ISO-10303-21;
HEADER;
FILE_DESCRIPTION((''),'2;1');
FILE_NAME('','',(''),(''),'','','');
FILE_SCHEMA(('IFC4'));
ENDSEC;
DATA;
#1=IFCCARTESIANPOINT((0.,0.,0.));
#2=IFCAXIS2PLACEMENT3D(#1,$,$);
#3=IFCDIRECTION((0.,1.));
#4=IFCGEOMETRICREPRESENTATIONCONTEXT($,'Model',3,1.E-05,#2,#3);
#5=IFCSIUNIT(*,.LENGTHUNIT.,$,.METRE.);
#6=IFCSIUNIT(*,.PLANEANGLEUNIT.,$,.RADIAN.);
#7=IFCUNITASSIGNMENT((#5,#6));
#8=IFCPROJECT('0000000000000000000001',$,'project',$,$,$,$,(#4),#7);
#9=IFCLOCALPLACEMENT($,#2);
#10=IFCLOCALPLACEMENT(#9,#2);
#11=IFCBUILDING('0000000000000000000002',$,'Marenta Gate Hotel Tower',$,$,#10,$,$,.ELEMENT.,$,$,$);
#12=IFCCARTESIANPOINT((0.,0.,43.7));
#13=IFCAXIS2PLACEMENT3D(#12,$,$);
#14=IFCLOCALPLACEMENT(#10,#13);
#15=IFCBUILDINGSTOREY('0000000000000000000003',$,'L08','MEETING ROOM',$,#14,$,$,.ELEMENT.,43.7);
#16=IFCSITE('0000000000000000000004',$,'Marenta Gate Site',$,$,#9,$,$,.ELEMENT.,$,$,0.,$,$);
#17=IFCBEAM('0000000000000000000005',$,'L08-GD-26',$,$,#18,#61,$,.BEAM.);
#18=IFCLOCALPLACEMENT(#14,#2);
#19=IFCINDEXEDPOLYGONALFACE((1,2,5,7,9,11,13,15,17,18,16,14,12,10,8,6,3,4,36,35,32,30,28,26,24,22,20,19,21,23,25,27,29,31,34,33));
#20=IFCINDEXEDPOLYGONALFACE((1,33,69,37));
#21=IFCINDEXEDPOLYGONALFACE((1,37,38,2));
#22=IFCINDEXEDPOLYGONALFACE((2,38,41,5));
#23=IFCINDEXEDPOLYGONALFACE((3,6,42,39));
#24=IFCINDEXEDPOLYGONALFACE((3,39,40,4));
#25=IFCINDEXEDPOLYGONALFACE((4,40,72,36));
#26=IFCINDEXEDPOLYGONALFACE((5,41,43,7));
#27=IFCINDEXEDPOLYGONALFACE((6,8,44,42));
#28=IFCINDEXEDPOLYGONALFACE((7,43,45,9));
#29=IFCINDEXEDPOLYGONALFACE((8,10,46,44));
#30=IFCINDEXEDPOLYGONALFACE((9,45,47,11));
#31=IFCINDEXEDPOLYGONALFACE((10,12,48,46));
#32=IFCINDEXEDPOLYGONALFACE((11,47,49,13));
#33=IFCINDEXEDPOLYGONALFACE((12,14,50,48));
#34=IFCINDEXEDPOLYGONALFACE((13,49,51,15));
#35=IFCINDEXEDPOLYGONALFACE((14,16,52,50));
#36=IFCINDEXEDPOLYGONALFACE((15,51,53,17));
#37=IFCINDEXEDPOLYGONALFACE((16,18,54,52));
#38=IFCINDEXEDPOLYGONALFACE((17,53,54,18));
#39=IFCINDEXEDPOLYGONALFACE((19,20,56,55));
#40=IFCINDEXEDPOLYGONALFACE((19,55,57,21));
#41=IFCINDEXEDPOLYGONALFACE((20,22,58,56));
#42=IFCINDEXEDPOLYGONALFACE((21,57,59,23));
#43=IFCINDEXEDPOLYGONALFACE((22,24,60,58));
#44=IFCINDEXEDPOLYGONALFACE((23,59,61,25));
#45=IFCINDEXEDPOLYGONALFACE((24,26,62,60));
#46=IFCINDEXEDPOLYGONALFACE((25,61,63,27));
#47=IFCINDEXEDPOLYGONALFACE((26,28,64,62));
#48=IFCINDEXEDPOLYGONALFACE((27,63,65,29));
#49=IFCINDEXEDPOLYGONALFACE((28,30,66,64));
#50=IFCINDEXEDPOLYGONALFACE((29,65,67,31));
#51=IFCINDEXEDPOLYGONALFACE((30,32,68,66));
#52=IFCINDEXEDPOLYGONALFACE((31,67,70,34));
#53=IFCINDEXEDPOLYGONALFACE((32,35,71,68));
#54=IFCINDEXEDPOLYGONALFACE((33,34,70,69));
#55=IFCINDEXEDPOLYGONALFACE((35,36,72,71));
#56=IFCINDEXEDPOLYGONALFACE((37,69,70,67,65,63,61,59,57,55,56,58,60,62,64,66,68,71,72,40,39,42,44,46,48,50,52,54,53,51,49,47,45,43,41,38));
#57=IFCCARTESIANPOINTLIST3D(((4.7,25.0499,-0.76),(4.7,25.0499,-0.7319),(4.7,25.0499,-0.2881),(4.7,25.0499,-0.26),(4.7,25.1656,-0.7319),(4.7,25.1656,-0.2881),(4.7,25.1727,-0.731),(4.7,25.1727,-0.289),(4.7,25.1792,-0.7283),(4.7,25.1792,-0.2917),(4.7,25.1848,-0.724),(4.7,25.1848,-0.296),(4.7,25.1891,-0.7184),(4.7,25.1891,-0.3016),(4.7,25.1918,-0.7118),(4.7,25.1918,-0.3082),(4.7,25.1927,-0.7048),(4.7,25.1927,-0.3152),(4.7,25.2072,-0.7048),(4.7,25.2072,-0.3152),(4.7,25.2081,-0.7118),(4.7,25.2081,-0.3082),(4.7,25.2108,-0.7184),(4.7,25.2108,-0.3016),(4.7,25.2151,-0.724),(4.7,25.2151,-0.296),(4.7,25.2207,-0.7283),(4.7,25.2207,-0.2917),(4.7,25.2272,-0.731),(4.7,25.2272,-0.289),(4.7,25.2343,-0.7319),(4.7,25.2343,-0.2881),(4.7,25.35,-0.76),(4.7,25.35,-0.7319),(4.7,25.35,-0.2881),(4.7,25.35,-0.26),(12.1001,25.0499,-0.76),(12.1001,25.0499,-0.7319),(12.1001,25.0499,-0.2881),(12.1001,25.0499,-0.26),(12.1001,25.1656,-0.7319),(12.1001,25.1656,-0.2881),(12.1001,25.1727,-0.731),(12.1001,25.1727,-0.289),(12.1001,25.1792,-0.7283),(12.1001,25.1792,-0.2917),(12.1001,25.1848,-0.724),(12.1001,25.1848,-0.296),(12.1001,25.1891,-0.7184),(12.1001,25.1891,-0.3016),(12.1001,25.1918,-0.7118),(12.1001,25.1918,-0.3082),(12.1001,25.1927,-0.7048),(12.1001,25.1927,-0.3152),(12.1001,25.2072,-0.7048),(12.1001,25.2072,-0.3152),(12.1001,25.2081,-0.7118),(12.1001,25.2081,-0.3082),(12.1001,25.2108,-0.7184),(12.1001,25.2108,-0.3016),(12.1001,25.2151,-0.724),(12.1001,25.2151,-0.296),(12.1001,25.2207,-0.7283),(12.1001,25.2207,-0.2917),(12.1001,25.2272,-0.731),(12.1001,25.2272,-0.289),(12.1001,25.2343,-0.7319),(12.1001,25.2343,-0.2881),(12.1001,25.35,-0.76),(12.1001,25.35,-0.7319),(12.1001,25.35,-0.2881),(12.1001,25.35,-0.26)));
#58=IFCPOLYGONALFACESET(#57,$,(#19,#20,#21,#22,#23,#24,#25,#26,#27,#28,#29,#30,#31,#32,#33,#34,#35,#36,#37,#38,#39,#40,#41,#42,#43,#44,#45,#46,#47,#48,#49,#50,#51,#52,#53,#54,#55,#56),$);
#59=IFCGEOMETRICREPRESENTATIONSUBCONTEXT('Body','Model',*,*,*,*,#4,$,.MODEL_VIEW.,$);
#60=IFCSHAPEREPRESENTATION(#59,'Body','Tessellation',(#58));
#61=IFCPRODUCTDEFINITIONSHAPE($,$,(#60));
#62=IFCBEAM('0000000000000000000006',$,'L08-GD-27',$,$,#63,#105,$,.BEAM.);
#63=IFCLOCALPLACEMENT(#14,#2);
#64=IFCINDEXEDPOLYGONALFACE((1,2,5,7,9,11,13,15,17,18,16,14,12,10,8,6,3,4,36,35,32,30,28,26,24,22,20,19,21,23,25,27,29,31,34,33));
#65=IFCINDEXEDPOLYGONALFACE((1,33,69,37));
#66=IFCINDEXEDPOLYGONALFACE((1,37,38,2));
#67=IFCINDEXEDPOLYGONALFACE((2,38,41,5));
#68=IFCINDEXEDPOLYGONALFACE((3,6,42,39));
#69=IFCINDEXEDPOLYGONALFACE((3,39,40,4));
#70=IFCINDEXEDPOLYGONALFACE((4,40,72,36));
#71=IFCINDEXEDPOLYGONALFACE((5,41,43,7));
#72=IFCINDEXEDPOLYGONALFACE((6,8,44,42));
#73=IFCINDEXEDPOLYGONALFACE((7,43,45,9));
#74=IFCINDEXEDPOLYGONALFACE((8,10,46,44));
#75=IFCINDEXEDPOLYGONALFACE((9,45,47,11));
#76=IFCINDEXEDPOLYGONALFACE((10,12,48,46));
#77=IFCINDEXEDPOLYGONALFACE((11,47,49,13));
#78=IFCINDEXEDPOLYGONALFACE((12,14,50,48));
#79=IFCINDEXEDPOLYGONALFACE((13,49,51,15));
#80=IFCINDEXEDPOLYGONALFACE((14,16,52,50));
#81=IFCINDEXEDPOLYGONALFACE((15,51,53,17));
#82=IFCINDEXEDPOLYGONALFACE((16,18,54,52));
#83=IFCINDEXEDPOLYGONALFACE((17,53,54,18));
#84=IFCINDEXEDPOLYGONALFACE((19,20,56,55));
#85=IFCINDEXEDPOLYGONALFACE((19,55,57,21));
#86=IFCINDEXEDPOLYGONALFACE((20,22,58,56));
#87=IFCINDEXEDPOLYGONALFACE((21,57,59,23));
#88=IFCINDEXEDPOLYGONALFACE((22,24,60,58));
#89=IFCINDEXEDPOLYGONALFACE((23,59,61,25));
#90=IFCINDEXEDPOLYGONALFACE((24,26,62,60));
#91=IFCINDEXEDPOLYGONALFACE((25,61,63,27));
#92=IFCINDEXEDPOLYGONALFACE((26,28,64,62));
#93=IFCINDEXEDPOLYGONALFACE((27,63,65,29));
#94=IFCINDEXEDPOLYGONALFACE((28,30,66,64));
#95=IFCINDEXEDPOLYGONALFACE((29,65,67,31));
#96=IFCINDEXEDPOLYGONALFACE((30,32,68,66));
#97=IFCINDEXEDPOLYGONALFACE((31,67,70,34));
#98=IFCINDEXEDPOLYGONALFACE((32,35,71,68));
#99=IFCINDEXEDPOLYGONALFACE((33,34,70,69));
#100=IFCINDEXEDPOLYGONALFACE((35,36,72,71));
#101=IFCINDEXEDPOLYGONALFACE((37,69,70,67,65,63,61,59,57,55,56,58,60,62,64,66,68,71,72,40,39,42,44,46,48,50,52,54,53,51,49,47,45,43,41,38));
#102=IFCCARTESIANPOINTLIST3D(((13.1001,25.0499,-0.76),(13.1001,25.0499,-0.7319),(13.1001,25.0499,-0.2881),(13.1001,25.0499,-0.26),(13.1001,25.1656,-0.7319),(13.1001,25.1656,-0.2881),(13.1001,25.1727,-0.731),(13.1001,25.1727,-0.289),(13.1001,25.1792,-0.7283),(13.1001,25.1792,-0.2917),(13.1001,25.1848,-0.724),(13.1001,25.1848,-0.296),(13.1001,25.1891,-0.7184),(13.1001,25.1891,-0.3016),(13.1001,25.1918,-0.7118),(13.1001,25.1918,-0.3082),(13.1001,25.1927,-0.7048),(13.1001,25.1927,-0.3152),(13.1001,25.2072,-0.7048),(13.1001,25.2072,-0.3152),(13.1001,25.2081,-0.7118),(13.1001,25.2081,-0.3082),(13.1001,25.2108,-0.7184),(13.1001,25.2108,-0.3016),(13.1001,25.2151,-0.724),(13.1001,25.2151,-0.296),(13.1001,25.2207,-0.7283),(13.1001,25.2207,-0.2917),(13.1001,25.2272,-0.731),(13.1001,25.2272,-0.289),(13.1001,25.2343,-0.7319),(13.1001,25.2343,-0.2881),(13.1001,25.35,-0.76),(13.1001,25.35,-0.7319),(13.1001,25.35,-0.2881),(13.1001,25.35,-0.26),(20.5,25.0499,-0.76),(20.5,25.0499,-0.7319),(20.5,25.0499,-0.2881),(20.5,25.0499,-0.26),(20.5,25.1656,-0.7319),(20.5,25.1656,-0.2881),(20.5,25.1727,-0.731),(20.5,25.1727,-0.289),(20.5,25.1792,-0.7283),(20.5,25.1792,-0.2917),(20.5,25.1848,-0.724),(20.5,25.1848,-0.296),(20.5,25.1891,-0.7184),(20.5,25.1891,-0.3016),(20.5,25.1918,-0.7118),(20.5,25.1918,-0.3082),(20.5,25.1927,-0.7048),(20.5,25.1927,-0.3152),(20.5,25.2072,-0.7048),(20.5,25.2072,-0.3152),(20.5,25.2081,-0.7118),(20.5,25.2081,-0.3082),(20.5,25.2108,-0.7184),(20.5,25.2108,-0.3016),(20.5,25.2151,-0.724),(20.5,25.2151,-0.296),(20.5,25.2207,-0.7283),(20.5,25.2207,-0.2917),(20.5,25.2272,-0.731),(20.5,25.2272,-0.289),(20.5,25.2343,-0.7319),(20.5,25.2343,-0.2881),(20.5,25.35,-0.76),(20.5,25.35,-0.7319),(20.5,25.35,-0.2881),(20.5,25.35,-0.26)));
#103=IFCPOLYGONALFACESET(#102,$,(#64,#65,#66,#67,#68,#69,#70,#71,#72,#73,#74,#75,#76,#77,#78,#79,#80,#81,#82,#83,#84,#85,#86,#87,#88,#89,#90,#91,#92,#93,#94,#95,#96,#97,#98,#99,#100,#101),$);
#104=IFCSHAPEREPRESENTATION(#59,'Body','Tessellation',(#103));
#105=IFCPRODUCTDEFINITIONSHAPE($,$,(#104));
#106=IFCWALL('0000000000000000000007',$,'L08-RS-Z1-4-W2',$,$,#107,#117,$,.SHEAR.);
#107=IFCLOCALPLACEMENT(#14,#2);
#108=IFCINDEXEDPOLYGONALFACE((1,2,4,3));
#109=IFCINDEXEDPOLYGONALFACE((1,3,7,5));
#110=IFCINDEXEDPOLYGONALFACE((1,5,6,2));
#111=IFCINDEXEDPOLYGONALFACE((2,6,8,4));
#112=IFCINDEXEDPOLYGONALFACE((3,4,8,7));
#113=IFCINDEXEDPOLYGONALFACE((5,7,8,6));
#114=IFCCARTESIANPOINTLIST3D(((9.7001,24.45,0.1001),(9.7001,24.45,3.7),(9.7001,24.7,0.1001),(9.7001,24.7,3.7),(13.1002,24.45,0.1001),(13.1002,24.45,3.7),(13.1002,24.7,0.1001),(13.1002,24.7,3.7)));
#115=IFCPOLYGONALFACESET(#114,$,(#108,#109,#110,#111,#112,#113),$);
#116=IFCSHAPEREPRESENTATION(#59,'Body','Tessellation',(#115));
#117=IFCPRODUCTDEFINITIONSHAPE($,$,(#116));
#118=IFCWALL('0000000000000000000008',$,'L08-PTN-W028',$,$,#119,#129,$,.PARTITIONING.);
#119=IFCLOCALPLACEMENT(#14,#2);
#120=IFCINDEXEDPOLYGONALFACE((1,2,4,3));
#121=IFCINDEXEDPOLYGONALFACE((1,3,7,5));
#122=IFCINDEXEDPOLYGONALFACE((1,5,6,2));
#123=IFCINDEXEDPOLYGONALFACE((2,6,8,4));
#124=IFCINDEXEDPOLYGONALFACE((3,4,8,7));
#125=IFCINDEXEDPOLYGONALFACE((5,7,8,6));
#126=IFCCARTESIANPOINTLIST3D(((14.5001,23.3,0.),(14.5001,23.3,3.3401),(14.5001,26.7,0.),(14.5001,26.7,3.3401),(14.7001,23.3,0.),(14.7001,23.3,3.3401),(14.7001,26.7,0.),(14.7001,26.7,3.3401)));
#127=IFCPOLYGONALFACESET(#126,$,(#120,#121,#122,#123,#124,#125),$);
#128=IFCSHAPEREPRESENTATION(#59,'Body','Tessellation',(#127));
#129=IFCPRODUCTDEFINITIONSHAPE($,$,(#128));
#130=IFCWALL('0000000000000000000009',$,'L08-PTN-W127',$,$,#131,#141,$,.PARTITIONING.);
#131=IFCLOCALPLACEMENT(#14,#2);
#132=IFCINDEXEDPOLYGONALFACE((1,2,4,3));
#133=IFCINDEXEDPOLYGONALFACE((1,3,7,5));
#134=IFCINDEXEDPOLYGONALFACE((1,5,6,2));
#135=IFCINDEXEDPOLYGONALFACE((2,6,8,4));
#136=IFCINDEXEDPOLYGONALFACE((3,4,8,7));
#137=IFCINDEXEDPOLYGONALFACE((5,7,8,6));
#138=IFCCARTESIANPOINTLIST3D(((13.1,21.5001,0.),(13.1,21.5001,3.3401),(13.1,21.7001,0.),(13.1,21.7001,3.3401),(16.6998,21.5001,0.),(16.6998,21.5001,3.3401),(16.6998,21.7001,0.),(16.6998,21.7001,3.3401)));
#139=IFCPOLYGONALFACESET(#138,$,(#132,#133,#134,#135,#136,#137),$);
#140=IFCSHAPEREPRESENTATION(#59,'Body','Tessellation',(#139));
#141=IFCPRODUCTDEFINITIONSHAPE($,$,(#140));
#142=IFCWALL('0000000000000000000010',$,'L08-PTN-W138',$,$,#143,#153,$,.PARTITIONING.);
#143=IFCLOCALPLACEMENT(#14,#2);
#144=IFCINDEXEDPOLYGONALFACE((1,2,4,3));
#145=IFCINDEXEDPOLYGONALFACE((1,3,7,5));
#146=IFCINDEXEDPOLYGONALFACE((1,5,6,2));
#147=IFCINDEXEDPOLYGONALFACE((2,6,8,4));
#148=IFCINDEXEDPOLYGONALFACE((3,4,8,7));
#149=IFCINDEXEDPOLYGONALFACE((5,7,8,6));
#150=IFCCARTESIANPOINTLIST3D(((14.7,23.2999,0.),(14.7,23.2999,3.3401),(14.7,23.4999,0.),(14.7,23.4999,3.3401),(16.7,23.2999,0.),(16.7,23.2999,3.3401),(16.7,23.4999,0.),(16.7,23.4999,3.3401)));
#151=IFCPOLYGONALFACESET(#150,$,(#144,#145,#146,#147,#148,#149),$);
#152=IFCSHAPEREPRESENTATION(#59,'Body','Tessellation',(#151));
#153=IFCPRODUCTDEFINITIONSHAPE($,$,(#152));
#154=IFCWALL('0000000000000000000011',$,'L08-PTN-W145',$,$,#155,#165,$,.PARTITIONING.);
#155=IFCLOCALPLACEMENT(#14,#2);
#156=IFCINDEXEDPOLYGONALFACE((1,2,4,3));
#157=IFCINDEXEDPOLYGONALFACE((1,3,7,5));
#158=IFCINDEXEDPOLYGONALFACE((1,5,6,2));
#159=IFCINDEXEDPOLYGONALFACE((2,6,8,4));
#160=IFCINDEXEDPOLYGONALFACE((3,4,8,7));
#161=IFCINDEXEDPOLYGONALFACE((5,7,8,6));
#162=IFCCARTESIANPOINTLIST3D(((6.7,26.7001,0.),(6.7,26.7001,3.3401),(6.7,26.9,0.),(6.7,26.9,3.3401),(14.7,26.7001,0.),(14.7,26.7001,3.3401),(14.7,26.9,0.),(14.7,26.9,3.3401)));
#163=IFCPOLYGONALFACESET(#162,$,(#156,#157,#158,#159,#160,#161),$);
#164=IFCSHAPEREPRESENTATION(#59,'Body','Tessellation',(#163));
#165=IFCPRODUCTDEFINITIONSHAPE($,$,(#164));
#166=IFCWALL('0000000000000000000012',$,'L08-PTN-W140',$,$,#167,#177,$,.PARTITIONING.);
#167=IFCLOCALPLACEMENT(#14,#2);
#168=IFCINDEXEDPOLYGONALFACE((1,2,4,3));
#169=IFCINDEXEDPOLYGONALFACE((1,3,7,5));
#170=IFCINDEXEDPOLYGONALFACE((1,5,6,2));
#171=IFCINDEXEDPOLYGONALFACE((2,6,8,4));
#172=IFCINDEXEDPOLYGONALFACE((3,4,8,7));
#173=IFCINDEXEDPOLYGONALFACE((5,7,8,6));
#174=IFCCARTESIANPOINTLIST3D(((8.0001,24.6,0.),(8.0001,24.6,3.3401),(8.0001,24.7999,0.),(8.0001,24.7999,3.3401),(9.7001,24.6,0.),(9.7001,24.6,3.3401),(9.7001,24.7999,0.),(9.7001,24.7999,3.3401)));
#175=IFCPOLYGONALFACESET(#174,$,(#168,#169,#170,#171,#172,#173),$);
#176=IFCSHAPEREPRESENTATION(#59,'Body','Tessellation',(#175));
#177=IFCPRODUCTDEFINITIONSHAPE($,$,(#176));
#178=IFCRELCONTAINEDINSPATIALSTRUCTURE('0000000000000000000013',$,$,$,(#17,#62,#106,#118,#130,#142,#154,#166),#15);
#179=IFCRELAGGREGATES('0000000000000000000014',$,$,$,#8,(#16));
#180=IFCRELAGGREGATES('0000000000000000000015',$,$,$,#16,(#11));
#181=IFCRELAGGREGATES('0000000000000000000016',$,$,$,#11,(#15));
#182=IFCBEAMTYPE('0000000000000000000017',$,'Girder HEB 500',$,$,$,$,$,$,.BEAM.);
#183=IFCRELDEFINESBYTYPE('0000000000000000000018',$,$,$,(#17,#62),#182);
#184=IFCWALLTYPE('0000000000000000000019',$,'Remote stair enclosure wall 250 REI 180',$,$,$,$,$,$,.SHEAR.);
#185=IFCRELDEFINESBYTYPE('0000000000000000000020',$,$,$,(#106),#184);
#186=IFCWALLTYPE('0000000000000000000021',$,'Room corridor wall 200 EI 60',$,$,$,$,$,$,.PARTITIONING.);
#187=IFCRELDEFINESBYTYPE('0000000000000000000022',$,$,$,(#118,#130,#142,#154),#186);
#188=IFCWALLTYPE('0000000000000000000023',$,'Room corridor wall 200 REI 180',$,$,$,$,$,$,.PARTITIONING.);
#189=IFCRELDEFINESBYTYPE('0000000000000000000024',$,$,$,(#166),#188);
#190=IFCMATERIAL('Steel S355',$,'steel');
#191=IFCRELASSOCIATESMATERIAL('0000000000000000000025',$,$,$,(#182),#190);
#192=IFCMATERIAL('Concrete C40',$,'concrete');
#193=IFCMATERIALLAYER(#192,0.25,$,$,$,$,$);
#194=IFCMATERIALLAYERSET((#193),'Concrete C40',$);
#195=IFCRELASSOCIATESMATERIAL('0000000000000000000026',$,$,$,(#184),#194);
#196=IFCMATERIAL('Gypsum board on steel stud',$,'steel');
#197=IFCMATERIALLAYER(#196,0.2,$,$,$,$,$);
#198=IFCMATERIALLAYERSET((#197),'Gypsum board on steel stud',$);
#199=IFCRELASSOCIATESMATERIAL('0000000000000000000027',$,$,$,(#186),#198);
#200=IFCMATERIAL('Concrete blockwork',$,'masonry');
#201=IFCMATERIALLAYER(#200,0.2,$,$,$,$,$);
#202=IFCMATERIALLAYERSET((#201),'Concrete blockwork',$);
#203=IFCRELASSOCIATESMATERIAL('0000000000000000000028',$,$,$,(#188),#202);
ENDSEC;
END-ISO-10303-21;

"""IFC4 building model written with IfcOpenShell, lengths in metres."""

from ifc_helpers import new_model, si_unit, direction, frame, frame_2d, origin, origin_2d, place, context, subcontext, project, spatial, rectangle, i_section, extrude, material, layer, layer_set, material_profile, profile_set, type_object, element, save


model = new_model("IFC4")

# Units and contexts
model_context = context("Model", 3, precision=1e-05, world=origin(), true_north=direction((0.0, 1.0)))
body_context = subcontext(model_context, "Body", "Model", "MODEL_VIEW")
ifc_project = project(units=[si_unit("LENGTHUNIT", "METRE"), si_unit("PLANEANGLEUNIT", "RADIAN")], contexts=[model_context])

# Site, building, storey
site_placement = place(None, origin())
site = spatial("IfcSite", under=ifc_project, at=site_placement, Name="Marenta Gate Site", CompositionType="ELEMENT", RefElevation=0.0)
building_placement = place(site_placement, origin())
building = spatial("IfcBuilding", under=site, at=building_placement, Name="Marenta Gate Hotel Tower", CompositionType="ELEMENT")
storey_placement = place(building_placement, frame((0.0, 0.0, 43.7)))
storey = spatial("IfcBuildingStorey", under=building, at=storey_placement, Name="L08", Description="MEETING ROOM", CompositionType="ELEMENT", Elevation=43.7)

# Beams
ifc_material_1 = material(Name="Steel S355", Category="steel")
ifc_material_profile_1 = material_profile(ifc_material_1, i_section(OverallWidth=0.3, OverallDepth=0.5, WebThickness=0.0144, FlangeThickness=0.0281, FilletRadius=0.0271, at=origin_2d()), Name="HEB 500")
ifc_profile_set_1 = profile_set([ifc_material_profile_1], Name="Steel S355")
beam_type_1 = type_object("IfcBeamType", Name="Girder HEB 500", PredefinedType="BEAM", material=ifc_profile_set_1)
beam_1_placement = place(storey_placement, frame((4.7, 25.2, -0.51), z_axis=(1.0, 0.0, 0.0), x_axis=(0.0, 1.0, 0.0)))
element("IfcBeam", 1, at=beam_1_placement, inside=storey, type_object=beam_type_1, Name="L08-GD-26", PredefinedType="BEAM", context=body_context, shape_type="SweptSolid", body=[
    extrude(i_section(OverallWidth=0.3, OverallDepth=0.5, WebThickness=0.0144, FlangeThickness=0.0281, FilletRadius=0.0271, at=origin_2d()), origin(), (0.0, 0.0, 1.0), 7.4001),
])
beam_2_placement = place(storey_placement, frame((13.1001, 25.2, -0.51), z_axis=(1.0, 0.0, 0.0), x_axis=(0.0, 1.0, 0.0)))
element("IfcBeam", 2, at=beam_2_placement, inside=storey, type_object=beam_type_1, Name="L08-GD-27", PredefinedType="BEAM", context=body_context, shape_type="SweptSolid", body=[
    extrude(i_section(OverallWidth=0.3, OverallDepth=0.5, WebThickness=0.0144, FlangeThickness=0.0281, FilletRadius=0.0271, at=origin_2d()), origin(), (0.0, 0.0, 1.0), 7.3999),
])

# Wall
ifc_material_2 = material(Name="Concrete C40", Category="concrete")
ifc_layer_1 = layer(ifc_material_2, 0.25)
ifc_layer_set_1 = layer_set([ifc_layer_1], Name="Concrete C40")
wall_type_1 = type_object("IfcWallType", Name="Remote stair enclosure wall 250 REI 180", PredefinedType="SHEAR", material=ifc_layer_set_1)
wall_1_placement = place(storey_placement, frame((9.7, 24.575, 0.1001), z_axis=(0.0, 0.0, 1.0), x_axis=(1.0, 0.0, 0.0)))
element("IfcWall", 3, at=wall_1_placement, inside=storey, type_object=wall_type_1, Name="L08-RS-Z1-4-W2", PredefinedType="SHEAR", context=body_context, shape_type="SweptSolid", body=[
    extrude(rectangle(XDim=3.4001, YDim=0.25, at=frame_2d((1.7002, 0.0))), origin(), (0.0, 0.0, 1.0), 3.5999),
])

# Shared definitions
ifc_material_3 = material(Name="Gypsum board on steel stud", Category="steel")
ifc_layer_2 = layer(ifc_material_3, 0.2)
ifc_layer_set_2 = layer_set([ifc_layer_2], Name="Gypsum board on steel stud")
wall_type_2 = type_object("IfcWallType", Name="Room corridor wall 200 EI 60", PredefinedType="PARTITIONING", material=ifc_layer_set_2)

# Wall
wall_2_placement = place(storey_placement, frame((14.6001, 23.3, 0.0), z_axis=(0.0, 0.0, 1.0), x_axis=(0.0, 1.0, 0.0)))
element("IfcWall", 4, at=wall_2_placement, inside=storey, type_object=wall_type_2, Name="L08-PTN-W028", PredefinedType="PARTITIONING", context=body_context, shape_type="SweptSolid", body=[
    extrude(rectangle(XDim=3.3999, YDim=0.2, at=frame_2d((1.7, 0.0))), origin(), (0.0, 0.0, 1.0), 3.3401),
])

# Walls
wall_3_placement = place(storey_placement, frame((13.1001, 21.6001, 0.0), z_axis=(0.0, 0.0, 1.0), x_axis=(1.0, 0.0, 0.0)))
element("IfcWall", 5, at=wall_3_placement, inside=storey, type_object=wall_type_2, Name="L08-PTN-W127", PredefinedType="PARTITIONING", context=body_context, shape_type="SweptSolid", body=[
    extrude(rectangle(XDim=3.5999, YDim=0.2, at=frame_2d((1.7998, 0.0))), origin(), (0.0, 0.0, 1.0), 3.3401),
])
wall_4_placement = place(storey_placement, frame((14.7, 23.3999, 0.0), z_axis=(0.0, 0.0, 1.0), x_axis=(1.0, 0.0, 0.0)))
element("IfcWall", 6, at=wall_4_placement, inside=storey, type_object=wall_type_2, Name="L08-PTN-W138", PredefinedType="PARTITIONING", context=body_context, shape_type="SweptSolid", body=[
    extrude(rectangle(XDim=2.0, YDim=0.2, at=frame_2d((1.0, 0.0))), origin(), (0.0, 0.0, 1.0), 3.3401),
])
wall_5_placement = place(storey_placement, frame((6.7, 26.8, 0.0), z_axis=(0.0, 0.0, 1.0), x_axis=(1.0, 0.0, 0.0)))
element("IfcWall", 7, at=wall_5_placement, inside=storey, type_object=wall_type_2, Name="L08-PTN-W145", PredefinedType="PARTITIONING", context=body_context, shape_type="SweptSolid", body=[
    extrude(rectangle(XDim=8.0, YDim=0.2, at=frame_2d((4.0, 0.0))), origin(), (0.0, 0.0, 1.0), 3.3401),
])

# Shared definitions
ifc_material_4 = material(Name="Concrete blockwork", Category="masonry")
ifc_layer_3 = layer(ifc_material_4, 0.2)
ifc_layer_set_3 = layer_set([ifc_layer_3], Name="Concrete blockwork")
wall_type_3 = type_object("IfcWallType", Name="Room corridor wall 200 REI 180", PredefinedType="PARTITIONING", material=ifc_layer_set_3)

# Wall
wall_6_placement = place(storey_placement, frame((8.0, 24.7, 0.0), z_axis=(0.0, 0.0, 1.0), x_axis=(1.0, 0.0, 0.0)))
element("IfcWall", 8, at=wall_6_placement, inside=storey, type_object=wall_type_3, Name="L08-PTN-W140", PredefinedType="PARTITIONING", context=body_context, shape_type="SweptSolid", body=[
    extrude(rectangle(XDim=1.7, YDim=0.2, at=frame_2d((0.8501, 0.0))), origin(), (0.0, 0.0, 1.0), 3.3401),
])

save(model, "model.ifc")
